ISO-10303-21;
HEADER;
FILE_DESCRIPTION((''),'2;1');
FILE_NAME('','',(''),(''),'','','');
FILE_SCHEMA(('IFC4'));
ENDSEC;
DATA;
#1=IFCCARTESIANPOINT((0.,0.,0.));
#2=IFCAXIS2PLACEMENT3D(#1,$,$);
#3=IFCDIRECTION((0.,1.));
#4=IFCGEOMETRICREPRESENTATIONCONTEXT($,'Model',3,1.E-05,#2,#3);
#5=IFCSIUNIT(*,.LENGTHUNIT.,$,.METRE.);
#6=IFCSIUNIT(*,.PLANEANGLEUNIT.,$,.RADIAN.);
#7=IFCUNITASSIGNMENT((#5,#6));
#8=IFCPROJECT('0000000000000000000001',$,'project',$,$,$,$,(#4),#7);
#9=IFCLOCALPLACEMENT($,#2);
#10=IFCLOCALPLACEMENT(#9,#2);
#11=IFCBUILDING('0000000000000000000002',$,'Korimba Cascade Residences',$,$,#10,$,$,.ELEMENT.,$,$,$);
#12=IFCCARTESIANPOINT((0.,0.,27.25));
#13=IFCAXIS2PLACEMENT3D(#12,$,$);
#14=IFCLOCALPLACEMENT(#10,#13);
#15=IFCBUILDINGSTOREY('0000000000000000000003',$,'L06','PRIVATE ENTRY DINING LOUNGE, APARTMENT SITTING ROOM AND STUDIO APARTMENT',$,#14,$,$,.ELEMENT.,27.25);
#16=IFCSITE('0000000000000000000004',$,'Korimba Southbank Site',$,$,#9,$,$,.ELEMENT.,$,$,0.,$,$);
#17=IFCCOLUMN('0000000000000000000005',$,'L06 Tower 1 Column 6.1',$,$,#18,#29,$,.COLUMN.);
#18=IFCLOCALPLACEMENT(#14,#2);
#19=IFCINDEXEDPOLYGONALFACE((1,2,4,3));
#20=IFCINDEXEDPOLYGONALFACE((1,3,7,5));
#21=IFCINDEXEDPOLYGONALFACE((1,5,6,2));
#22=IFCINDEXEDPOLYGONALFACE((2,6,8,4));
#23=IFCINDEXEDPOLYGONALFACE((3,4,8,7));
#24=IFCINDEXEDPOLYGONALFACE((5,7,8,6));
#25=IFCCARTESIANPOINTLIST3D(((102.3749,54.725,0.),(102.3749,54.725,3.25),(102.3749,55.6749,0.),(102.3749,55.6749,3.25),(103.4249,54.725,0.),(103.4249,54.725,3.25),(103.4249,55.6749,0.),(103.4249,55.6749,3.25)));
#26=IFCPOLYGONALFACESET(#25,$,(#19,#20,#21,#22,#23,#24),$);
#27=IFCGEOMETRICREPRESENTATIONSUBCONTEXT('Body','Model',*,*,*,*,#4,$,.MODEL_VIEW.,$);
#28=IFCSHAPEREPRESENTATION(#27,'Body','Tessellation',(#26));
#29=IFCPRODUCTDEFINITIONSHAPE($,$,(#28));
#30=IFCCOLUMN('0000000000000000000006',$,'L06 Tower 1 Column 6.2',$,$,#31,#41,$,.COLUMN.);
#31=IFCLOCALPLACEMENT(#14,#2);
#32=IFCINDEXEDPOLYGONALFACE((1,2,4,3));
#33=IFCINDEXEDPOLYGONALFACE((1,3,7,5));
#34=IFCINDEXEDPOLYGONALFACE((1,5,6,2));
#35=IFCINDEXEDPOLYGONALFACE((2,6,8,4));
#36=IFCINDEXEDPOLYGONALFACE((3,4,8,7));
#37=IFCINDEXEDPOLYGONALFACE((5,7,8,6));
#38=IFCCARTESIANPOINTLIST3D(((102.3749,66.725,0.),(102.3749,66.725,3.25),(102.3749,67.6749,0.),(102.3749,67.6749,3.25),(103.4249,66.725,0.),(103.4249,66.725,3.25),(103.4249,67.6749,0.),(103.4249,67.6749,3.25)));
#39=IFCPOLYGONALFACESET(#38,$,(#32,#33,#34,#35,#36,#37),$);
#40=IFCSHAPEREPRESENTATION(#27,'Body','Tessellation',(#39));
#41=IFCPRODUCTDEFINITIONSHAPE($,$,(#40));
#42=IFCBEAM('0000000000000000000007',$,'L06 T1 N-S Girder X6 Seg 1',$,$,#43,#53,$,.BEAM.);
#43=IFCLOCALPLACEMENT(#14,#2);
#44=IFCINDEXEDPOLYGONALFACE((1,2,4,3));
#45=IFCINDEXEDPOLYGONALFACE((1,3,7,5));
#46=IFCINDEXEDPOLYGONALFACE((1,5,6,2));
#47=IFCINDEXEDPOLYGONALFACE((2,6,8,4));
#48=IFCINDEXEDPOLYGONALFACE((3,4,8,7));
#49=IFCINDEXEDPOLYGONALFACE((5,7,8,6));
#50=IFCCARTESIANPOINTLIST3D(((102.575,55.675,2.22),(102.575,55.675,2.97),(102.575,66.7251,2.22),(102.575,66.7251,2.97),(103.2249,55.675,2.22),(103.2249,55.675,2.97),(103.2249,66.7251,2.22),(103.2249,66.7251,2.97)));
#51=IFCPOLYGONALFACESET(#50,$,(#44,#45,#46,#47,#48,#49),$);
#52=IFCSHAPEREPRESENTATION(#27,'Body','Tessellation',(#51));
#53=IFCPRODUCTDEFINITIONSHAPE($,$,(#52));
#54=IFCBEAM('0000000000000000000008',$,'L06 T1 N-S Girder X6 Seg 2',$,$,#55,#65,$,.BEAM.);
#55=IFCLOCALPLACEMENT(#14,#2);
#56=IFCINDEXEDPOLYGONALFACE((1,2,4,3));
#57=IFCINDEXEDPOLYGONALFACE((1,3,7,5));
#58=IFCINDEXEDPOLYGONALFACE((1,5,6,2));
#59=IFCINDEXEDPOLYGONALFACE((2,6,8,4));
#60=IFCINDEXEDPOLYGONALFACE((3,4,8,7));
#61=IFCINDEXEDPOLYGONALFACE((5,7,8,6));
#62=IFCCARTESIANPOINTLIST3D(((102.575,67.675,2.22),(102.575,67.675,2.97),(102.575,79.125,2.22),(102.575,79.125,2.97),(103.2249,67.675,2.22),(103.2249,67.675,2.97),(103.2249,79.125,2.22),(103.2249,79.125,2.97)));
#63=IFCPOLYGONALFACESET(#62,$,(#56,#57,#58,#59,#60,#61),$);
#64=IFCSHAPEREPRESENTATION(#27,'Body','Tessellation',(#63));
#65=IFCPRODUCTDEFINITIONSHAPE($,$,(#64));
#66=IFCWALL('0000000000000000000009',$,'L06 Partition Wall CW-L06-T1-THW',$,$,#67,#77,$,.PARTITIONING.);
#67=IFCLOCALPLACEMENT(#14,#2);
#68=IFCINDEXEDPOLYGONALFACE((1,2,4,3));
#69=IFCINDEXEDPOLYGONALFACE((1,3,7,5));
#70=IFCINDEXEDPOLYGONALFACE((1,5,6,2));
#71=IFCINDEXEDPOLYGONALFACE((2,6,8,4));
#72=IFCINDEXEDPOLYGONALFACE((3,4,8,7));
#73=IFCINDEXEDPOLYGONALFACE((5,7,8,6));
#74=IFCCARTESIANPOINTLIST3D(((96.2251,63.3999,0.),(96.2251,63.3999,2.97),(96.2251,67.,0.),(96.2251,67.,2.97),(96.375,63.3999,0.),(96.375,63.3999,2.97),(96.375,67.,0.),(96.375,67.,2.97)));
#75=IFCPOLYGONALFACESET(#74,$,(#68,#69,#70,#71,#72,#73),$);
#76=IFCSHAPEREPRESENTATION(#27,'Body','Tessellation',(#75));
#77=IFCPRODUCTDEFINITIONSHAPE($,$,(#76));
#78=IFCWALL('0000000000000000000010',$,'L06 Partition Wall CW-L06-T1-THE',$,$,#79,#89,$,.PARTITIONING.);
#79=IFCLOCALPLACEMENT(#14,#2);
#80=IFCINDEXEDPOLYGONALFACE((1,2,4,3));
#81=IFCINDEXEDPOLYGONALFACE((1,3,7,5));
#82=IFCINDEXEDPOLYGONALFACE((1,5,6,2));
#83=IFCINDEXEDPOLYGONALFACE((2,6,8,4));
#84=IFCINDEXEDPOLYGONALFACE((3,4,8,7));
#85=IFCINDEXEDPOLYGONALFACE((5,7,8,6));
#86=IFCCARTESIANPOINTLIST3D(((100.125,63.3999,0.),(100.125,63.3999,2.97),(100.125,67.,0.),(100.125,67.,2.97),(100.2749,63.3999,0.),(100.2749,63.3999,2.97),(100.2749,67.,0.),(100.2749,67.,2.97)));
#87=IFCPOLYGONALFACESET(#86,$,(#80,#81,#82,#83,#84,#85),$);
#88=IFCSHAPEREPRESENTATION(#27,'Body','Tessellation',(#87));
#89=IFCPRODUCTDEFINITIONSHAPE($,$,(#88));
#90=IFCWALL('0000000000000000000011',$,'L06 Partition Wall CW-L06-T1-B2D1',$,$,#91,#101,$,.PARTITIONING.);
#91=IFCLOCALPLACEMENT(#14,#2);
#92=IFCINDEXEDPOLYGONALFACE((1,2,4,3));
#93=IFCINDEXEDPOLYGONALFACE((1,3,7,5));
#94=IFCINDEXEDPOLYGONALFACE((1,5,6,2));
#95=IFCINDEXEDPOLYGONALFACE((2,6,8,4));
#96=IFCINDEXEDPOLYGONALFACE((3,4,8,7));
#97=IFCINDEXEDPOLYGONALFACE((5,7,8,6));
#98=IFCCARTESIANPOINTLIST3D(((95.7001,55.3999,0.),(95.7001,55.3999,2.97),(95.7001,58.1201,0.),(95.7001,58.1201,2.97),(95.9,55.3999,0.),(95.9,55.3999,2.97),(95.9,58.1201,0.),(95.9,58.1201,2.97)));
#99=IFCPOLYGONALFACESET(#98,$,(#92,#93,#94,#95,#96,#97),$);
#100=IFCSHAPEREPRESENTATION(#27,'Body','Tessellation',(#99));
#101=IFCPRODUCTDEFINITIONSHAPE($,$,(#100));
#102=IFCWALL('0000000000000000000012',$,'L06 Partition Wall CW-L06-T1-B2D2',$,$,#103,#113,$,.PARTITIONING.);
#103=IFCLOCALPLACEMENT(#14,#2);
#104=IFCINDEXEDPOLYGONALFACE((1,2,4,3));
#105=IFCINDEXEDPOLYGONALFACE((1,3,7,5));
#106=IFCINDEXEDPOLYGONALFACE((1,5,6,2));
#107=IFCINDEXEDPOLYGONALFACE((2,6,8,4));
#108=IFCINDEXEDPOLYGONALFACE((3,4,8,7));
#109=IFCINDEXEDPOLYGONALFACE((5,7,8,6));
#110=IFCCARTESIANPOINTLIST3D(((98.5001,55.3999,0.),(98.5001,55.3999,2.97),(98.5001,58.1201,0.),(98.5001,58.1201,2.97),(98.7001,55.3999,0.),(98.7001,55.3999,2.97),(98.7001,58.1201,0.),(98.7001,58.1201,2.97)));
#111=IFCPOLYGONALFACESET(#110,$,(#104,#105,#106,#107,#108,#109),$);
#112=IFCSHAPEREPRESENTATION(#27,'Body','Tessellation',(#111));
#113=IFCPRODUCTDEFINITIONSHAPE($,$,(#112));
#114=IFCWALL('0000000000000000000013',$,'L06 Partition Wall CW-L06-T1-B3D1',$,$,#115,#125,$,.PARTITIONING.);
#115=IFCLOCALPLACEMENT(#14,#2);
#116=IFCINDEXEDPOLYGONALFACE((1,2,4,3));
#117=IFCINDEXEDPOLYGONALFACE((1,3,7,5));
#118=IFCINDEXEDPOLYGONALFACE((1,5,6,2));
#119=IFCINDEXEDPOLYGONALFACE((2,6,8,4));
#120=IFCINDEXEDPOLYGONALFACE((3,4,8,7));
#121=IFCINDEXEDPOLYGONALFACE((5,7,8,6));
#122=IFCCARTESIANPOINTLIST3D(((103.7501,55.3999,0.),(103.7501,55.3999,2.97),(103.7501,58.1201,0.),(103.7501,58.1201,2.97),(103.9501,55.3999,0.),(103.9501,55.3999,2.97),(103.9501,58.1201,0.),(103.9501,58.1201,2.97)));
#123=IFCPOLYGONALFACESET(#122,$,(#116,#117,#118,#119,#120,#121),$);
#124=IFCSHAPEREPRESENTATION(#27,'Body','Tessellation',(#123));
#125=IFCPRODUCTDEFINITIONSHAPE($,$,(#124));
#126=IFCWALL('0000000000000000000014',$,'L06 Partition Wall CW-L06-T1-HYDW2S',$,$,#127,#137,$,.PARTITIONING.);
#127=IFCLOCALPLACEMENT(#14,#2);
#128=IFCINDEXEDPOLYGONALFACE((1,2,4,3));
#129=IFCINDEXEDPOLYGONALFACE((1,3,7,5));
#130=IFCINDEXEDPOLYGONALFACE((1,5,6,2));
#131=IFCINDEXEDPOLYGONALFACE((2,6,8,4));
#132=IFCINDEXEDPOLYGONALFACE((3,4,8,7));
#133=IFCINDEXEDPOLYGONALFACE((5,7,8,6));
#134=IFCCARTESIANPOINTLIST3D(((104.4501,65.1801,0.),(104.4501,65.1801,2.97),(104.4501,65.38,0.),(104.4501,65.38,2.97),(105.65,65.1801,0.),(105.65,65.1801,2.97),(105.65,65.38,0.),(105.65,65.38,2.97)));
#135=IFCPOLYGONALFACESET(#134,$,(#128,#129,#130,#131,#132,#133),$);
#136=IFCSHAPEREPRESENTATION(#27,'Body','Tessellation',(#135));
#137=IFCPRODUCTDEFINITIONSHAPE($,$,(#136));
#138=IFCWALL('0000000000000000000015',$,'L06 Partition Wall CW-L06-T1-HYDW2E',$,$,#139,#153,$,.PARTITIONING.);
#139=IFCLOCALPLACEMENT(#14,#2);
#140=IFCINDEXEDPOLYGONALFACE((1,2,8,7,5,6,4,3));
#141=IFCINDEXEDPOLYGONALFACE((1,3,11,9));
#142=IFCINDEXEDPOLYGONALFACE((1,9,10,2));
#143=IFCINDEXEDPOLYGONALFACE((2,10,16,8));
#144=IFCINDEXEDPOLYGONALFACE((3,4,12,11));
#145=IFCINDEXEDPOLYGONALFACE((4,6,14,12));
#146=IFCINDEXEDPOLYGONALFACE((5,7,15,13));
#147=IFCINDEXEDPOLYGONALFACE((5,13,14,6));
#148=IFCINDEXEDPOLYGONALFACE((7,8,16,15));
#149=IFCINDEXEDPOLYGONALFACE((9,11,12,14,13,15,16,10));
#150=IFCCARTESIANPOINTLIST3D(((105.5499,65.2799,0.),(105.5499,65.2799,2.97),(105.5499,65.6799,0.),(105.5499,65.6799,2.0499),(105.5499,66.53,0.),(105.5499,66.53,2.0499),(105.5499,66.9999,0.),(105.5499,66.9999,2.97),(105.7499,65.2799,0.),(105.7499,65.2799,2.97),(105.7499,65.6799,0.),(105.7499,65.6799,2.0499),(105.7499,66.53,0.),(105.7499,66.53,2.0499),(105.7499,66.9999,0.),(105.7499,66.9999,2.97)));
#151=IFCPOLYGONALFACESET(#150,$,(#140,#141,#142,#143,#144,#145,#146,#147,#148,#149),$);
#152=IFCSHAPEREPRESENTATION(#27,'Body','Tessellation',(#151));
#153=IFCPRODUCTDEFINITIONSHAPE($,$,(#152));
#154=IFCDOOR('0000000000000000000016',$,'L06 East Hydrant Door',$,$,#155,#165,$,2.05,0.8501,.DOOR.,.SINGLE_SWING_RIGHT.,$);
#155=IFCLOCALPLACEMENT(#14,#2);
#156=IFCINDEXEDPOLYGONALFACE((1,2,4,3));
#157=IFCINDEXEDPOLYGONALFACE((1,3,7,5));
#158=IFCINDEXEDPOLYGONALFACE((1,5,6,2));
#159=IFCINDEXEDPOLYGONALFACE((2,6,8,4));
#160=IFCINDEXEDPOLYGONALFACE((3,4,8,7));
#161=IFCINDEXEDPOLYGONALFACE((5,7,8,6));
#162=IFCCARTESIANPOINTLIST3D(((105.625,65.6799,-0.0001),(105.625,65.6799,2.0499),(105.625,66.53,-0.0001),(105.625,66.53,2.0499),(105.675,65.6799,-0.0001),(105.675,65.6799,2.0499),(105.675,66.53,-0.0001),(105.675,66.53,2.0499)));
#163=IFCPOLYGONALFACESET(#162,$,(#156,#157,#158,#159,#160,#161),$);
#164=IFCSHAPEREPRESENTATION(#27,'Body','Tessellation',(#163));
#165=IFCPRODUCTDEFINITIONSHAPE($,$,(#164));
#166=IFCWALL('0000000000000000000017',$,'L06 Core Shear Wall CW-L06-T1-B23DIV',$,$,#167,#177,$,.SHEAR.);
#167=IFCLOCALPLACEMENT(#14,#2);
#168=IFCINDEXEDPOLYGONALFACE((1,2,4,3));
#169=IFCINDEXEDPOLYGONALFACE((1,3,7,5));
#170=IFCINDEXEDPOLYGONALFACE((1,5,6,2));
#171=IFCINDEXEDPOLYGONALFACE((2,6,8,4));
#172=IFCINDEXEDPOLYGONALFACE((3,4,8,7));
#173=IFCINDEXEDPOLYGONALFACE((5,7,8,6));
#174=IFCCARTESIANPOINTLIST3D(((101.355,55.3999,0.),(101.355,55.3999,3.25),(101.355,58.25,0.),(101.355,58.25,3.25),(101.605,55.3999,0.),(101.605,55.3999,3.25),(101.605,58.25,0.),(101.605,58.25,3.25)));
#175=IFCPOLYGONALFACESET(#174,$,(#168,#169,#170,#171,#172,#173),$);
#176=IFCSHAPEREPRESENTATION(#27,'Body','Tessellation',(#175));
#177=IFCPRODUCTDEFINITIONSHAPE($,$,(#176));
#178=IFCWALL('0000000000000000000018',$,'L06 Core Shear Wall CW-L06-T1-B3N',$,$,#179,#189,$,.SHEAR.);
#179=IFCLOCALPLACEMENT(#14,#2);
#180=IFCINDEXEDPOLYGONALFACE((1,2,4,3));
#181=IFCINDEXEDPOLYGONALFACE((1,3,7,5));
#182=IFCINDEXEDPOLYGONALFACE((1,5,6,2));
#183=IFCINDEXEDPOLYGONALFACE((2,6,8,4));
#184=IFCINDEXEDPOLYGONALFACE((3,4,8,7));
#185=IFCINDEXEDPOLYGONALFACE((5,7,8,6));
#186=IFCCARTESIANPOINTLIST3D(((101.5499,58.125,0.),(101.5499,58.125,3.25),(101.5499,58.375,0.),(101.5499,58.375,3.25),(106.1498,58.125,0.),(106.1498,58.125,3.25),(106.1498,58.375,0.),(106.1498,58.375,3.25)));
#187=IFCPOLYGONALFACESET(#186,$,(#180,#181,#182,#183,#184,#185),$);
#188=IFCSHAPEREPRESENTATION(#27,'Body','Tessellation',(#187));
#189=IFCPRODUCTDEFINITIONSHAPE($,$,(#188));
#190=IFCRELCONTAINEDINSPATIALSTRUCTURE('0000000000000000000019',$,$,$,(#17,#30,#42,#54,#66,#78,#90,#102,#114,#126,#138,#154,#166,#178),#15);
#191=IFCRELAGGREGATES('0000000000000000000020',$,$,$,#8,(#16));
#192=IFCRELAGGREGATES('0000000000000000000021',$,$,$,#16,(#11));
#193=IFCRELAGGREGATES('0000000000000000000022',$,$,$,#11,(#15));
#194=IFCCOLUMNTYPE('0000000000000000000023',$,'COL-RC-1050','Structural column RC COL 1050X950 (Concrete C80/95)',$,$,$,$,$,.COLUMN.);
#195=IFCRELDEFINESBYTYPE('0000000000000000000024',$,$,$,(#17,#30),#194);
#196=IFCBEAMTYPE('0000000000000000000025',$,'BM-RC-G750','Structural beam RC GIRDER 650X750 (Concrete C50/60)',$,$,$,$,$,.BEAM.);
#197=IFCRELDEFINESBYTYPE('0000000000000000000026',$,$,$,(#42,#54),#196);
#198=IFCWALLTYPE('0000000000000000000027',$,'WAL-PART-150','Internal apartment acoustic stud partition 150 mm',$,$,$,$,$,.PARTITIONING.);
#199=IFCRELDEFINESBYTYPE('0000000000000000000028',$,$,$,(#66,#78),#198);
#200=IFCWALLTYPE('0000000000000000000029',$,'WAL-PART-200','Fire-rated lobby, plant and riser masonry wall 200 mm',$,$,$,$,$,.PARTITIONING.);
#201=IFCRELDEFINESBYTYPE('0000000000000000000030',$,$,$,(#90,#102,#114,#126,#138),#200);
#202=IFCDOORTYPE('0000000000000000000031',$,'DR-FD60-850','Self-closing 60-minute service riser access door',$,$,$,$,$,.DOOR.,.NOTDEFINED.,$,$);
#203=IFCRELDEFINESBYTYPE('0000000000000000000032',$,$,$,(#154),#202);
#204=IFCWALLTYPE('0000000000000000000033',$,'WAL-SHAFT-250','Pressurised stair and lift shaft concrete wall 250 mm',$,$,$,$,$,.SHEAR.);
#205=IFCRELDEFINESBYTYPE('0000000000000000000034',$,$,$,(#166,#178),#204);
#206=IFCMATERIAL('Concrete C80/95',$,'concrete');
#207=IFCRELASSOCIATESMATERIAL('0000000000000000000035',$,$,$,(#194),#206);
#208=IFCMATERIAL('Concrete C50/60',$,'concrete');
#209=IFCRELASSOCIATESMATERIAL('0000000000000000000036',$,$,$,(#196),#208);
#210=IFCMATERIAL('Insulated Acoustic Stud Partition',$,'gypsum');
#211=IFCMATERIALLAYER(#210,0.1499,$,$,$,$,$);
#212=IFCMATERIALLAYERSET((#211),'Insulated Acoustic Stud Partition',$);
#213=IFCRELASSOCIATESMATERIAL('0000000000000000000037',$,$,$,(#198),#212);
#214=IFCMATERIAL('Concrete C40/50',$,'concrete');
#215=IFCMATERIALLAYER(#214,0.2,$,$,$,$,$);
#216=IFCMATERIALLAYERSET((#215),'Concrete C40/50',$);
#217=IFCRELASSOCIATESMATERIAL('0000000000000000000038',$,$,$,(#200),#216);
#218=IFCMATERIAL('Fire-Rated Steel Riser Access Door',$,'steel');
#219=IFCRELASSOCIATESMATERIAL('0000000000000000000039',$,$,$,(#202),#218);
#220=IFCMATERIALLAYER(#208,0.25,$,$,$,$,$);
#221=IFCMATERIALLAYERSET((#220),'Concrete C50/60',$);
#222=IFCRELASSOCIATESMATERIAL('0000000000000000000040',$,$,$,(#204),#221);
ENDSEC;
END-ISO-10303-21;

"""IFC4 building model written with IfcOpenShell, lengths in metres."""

from ifc_helpers import new_model, si_unit, direction, frame, frame_2d, origin, origin_2d, place, context, subcontext, project, spatial, rectangle, extrude, material, layer, layer_set, material_profile, profile_set, type_object, element, fill, save


model = new_model("IFC4")

# Units and contexts
model_context = context("Model", 3, precision=1e-05, world=origin(), true_north=direction((0.0, 1.0)))
body_context = subcontext(model_context, "Body", "Model", "MODEL_VIEW")
ifc_project = project(units=[si_unit("LENGTHUNIT", "METRE"), si_unit("PLANEANGLEUNIT", "RADIAN")], contexts=[model_context])

# Site, building, storey
site_placement = place(None, origin())
site = spatial("IfcSite", under=ifc_project, at=site_placement, Name="Korimba Southbank Site", CompositionType="ELEMENT", RefElevation=0.0)
building_placement = place(site_placement, origin())
building = spatial("IfcBuilding", under=site, at=building_placement, Name="Korimba Cascade Residences", CompositionType="ELEMENT")
storey_placement = place(building_placement, frame((0.0, 0.0, 27.25)))
storey = spatial("IfcBuildingStorey", under=building, at=storey_placement, Name="L06", Description="PRIVATE ENTRY DINING LOUNGE, APARTMENT SITTING ROOM AND STUDIO APARTMENT", CompositionType="ELEMENT", Elevation=27.25)

# Columns
ifc_material_1 = material(Name="Concrete C80/95", Category="concrete")
ifc_material_profile_1 = material_profile(ifc_material_1, rectangle(XDim=1.05, YDim=0.95, at=origin_2d()), Name="Concrete C80/95")
ifc_profile_set_1 = profile_set([ifc_material_profile_1], Name="Concrete C80/95")
column_type = type_object("IfcColumnType", Name="COL-RC-1050", Description="Structural column RC COL 1050X950 (Concrete C80/95)", PredefinedType="COLUMN", material=ifc_profile_set_1)
for number, where, z_axis, x_axis, name in (
    (1, (102.8999, 55.2, 0.0), (0.0, 0.0, 1.0), (1.0, 0.0, 0.0), "L06 Tower 1 Column 6.1"),
    (2, (102.8999, 67.2, 0.0), (0.0, 0.0, 1.0), (1.0, 0.0, 0.0), "L06 Tower 1 Column 6.2"),
):
    element("IfcColumn", number, at=place(storey_placement, frame(where, z_axis=z_axis, x_axis=x_axis)), inside=storey, type_object=column_type, Name=name, PredefinedType="COLUMN", context=body_context, shape_type="SweptSolid", body=[
        extrude(rectangle(XDim=1.05, YDim=0.95, at=origin_2d()), origin(), (0.0, 0.0, 1.0), 3.25),
    ])

# Beams
ifc_material_2 = material(Name="Concrete C50/60", Category="concrete")
ifc_material_profile_2 = material_profile(ifc_material_2, rectangle(XDim=0.6499, YDim=0.75, at=origin_2d()), Name="Concrete C50/60")
ifc_profile_set_2 = profile_set([ifc_material_profile_2], Name="Concrete C50/60")
beam_type = type_object("IfcBeamType", Name="BM-RC-G750", Description="Structural beam RC GIRDER 650X750 (Concrete C50/60)", PredefinedType="BEAM", material=ifc_profile_set_2)
beam_1_placement = place(storey_placement, frame((102.8999, 55.675, 2.595), z_axis=(0.0, 1.0, 0.0), x_axis=(-1.0, 0.0, 0.0)))
element("IfcBeam", 3, at=beam_1_placement, inside=storey, type_object=beam_type, Name="L06 T1 N-S Girder X6 Seg 1", PredefinedType="BEAM", context=body_context, shape_type="SweptSolid", body=[
    extrude(rectangle(XDim=0.6499, YDim=0.75, at=origin_2d()), origin(), (0.0, 0.0, 1.0), 11.05),
])
beam_2_placement = place(storey_placement, frame((102.8999, 67.675, 2.595), z_axis=(0.0, 1.0, 0.0), x_axis=(-1.0, 0.0, 0.0)))
element("IfcBeam", 4, at=beam_2_placement, inside=storey, type_object=beam_type, Name="L06 T1 N-S Girder X6 Seg 2", PredefinedType="BEAM", context=body_context, shape_type="SweptSolid", body=[
    extrude(rectangle(XDim=0.6499, YDim=0.75, at=origin_2d()), origin(), (0.0, 0.0, 1.0), 11.45),
])

# Walls
ifc_material_3 = material(Name="Insulated Acoustic Stud Partition", Category="gypsum")
ifc_layer_1 = layer(ifc_material_3, 0.1499)
ifc_layer_set_1 = layer_set([ifc_layer_1], Name="Insulated Acoustic Stud Partition")
wall_type_1 = type_object("IfcWallType", Name="WAL-PART-150", Description="Internal apartment acoustic stud partition 150 mm", PredefinedType="PARTITIONING", material=ifc_layer_set_1)
for number, where, z_axis, x_axis, name in (
    (5, (96.3, 63.3999, 0.0), (0.0, 0.0, 1.0), (0.0, 1.0, 0.0), "L06 Partition Wall CW-L06-T1-THW"),
    (6, (100.2, 63.3999, 0.0), (0.0, 0.0, 1.0), (0.0, 1.0, 0.0), "L06 Partition Wall CW-L06-T1-THE"),
):
    element("IfcWall", number, at=place(storey_placement, frame(where, z_axis=z_axis, x_axis=x_axis)), inside=storey, type_object=wall_type_1, Name=name, PredefinedType="PARTITIONING", context=body_context, shape_type="SweptSolid", body=[
        extrude(rectangle(XDim=3.6001, YDim=0.1499, at=frame_2d((1.8, 0.0))), origin(), (0.0, 0.0, 1.0), 2.97),
    ])
ifc_material_4 = material(Name="Concrete C40/50", Category="concrete")
ifc_layer_2 = layer(ifc_material_4, 0.2)
ifc_layer_set_2 = layer_set([ifc_layer_2], Name="Concrete C40/50")
wall_type_2 = type_object("IfcWallType", Name="WAL-PART-200", Description="Fire-rated lobby, plant and riser masonry wall 200 mm", PredefinedType="PARTITIONING", material=ifc_layer_set_2)
for number, where, z_axis, x_axis, name in (
    (7, (95.8, 55.3999, 0.0), (0.0, 0.0, 1.0), (0.0, 1.0, 0.0), "L06 Partition Wall CW-L06-T1-B2D1"),
    (8, (98.6001, 55.3999, 0.0), (0.0, 0.0, 1.0), (0.0, 1.0, 0.0), "L06 Partition Wall CW-L06-T1-B2D2"),
    (9, (103.8501, 55.3999, 0.0), (0.0, 0.0, 1.0), (0.0, 1.0, 0.0), "L06 Partition Wall CW-L06-T1-B3D1"),
):
    element("IfcWall", number, at=place(storey_placement, frame(where, z_axis=z_axis, x_axis=x_axis)), inside=storey, type_object=wall_type_2, Name=name, PredefinedType="PARTITIONING", context=body_context, shape_type="SweptSolid", body=[
        extrude(rectangle(XDim=2.7202, YDim=0.2, at=frame_2d((1.3601, 0.0))), origin(), (0.0, 0.0, 1.0), 2.97),
    ])
wall_1_placement = place(storey_placement, frame((104.45, 65.28, 0.0), z_axis=(0.0, 0.0, 1.0), x_axis=(1.0, 0.0, 0.0)))
element("IfcWall", 10, at=wall_1_placement, inside=storey, type_object=wall_type_2, Name="L06 Partition Wall CW-L06-T1-HYDW2S", PredefinedType="PARTITIONING", context=body_context, shape_type="SweptSolid", body=[
    extrude(rectangle(XDim=1.2, YDim=0.2, at=frame_2d((0.6001, 0.0))), origin(), (0.0, 0.0, 1.0), 2.97),
])

# Wall, opening, door
wall_2_placement = place(storey_placement, frame((105.6499, 65.28, 0.0), z_axis=(0.0, 0.0, 1.0), x_axis=(0.0, 1.0, 0.0)))
wall_2 = element("IfcWall", 11, at=wall_2_placement, inside=storey, type_object=wall_type_2, Name="L06 Partition Wall CW-L06-T1-HYDW2E", PredefinedType="PARTITIONING", context=body_context, shape_type="SweptSolid", body=[
    extrude(rectangle(XDim=1.72, YDim=0.2, at=frame_2d((0.8599, 0.0))), origin(), (0.0, 0.0, 1.0), 2.97),
])
opening_1_placement = place(wall_2_placement, frame((0.3999, 0.0, 0.0)))
opening_1 = element("IfcOpeningElement", 12, at=opening_1_placement, cuts=wall_2, PredefinedType="OPENING", context=body_context, shape_type="SweptSolid", body=[
    extrude(rectangle(XDim=0.8501, YDim=2.05, at=frame_2d((0.425, 1.0249))), frame((0.0, 0.1099, 0.0), z_axis=(0.0, -1.0, 0.0), x_axis=(1.0, 0.0, 0.0)), (0.0, 0.0, 1.0), 0.22),
])
ifc_material_5 = material(Name="Fire-Rated Steel Riser Access Door", Category="steel")
door_type_1 = type_object("IfcDoorType", Name="DR-FD60-850", Description="Self-closing 60-minute service riser access door", OperationType="NOTDEFINED", PredefinedType="DOOR", material=ifc_material_5)
door_1_placement = place(opening_1_placement, origin())
door_1 = element("IfcDoor", 13, at=door_1_placement, inside=storey, type_object=door_type_1, Name="L06 East Hydrant Door", OperationType="SINGLE_SWING_RIGHT", OverallHeight=2.05, OverallWidth=0.8501, PredefinedType="DOOR", context=body_context, shape_type="SweptSolid", body=[
    extrude(rectangle(XDim=0.8501, YDim=2.05, at=frame_2d((0.425, 1.0249))), frame((0.0, 0.0249, 0.0), z_axis=(0.0, -1.0, 0.0), x_axis=(1.0, 0.0, 0.0)), (0.0, 0.0, 1.0), 0.05),
])
fill(opening_1, door_1)

# Walls
ifc_layer_3 = layer(ifc_material_2, 0.25)
ifc_layer_set_3 = layer_set([ifc_layer_3], Name="Concrete C50/60")
wall_type_3 = type_object("IfcWallType", Name="WAL-SHAFT-250", Description="Pressurised stair and lift shaft concrete wall 250 mm", PredefinedType="SHEAR", material=ifc_layer_set_3)
wall_3_placement = place(storey_placement, frame((101.48, 55.3999, 0.0), z_axis=(0.0, 0.0, 1.0), x_axis=(0.0, 1.0, 0.0)))
element("IfcWall", 14, at=wall_3_placement, inside=storey, type_object=wall_type_3, Name="L06 Core Shear Wall CW-L06-T1-B23DIV", PredefinedType="SHEAR", context=body_context, shape_type="SweptSolid", body=[
    extrude(rectangle(XDim=2.8501, YDim=0.25, at=frame_2d((1.425, 0.0))), origin(), (0.0, 0.0, 1.0), 3.25),
])
wall_4_placement = place(storey_placement, frame((101.55, 58.25, 0.0), z_axis=(0.0, 0.0, 1.0), x_axis=(1.0, 0.0, 0.0)))
element("IfcWall", 15, at=wall_4_placement, inside=storey, type_object=wall_type_3, Name="L06 Core Shear Wall CW-L06-T1-B3N", PredefinedType="SHEAR", context=body_context, shape_type="SweptSolid", body=[
    extrude(rectangle(XDim=4.5999, YDim=0.25, at=frame_2d((2.2998, 0.0))), origin(), (0.0, 0.0, 1.0), 3.25),
])

save(model, "model.ifc")
